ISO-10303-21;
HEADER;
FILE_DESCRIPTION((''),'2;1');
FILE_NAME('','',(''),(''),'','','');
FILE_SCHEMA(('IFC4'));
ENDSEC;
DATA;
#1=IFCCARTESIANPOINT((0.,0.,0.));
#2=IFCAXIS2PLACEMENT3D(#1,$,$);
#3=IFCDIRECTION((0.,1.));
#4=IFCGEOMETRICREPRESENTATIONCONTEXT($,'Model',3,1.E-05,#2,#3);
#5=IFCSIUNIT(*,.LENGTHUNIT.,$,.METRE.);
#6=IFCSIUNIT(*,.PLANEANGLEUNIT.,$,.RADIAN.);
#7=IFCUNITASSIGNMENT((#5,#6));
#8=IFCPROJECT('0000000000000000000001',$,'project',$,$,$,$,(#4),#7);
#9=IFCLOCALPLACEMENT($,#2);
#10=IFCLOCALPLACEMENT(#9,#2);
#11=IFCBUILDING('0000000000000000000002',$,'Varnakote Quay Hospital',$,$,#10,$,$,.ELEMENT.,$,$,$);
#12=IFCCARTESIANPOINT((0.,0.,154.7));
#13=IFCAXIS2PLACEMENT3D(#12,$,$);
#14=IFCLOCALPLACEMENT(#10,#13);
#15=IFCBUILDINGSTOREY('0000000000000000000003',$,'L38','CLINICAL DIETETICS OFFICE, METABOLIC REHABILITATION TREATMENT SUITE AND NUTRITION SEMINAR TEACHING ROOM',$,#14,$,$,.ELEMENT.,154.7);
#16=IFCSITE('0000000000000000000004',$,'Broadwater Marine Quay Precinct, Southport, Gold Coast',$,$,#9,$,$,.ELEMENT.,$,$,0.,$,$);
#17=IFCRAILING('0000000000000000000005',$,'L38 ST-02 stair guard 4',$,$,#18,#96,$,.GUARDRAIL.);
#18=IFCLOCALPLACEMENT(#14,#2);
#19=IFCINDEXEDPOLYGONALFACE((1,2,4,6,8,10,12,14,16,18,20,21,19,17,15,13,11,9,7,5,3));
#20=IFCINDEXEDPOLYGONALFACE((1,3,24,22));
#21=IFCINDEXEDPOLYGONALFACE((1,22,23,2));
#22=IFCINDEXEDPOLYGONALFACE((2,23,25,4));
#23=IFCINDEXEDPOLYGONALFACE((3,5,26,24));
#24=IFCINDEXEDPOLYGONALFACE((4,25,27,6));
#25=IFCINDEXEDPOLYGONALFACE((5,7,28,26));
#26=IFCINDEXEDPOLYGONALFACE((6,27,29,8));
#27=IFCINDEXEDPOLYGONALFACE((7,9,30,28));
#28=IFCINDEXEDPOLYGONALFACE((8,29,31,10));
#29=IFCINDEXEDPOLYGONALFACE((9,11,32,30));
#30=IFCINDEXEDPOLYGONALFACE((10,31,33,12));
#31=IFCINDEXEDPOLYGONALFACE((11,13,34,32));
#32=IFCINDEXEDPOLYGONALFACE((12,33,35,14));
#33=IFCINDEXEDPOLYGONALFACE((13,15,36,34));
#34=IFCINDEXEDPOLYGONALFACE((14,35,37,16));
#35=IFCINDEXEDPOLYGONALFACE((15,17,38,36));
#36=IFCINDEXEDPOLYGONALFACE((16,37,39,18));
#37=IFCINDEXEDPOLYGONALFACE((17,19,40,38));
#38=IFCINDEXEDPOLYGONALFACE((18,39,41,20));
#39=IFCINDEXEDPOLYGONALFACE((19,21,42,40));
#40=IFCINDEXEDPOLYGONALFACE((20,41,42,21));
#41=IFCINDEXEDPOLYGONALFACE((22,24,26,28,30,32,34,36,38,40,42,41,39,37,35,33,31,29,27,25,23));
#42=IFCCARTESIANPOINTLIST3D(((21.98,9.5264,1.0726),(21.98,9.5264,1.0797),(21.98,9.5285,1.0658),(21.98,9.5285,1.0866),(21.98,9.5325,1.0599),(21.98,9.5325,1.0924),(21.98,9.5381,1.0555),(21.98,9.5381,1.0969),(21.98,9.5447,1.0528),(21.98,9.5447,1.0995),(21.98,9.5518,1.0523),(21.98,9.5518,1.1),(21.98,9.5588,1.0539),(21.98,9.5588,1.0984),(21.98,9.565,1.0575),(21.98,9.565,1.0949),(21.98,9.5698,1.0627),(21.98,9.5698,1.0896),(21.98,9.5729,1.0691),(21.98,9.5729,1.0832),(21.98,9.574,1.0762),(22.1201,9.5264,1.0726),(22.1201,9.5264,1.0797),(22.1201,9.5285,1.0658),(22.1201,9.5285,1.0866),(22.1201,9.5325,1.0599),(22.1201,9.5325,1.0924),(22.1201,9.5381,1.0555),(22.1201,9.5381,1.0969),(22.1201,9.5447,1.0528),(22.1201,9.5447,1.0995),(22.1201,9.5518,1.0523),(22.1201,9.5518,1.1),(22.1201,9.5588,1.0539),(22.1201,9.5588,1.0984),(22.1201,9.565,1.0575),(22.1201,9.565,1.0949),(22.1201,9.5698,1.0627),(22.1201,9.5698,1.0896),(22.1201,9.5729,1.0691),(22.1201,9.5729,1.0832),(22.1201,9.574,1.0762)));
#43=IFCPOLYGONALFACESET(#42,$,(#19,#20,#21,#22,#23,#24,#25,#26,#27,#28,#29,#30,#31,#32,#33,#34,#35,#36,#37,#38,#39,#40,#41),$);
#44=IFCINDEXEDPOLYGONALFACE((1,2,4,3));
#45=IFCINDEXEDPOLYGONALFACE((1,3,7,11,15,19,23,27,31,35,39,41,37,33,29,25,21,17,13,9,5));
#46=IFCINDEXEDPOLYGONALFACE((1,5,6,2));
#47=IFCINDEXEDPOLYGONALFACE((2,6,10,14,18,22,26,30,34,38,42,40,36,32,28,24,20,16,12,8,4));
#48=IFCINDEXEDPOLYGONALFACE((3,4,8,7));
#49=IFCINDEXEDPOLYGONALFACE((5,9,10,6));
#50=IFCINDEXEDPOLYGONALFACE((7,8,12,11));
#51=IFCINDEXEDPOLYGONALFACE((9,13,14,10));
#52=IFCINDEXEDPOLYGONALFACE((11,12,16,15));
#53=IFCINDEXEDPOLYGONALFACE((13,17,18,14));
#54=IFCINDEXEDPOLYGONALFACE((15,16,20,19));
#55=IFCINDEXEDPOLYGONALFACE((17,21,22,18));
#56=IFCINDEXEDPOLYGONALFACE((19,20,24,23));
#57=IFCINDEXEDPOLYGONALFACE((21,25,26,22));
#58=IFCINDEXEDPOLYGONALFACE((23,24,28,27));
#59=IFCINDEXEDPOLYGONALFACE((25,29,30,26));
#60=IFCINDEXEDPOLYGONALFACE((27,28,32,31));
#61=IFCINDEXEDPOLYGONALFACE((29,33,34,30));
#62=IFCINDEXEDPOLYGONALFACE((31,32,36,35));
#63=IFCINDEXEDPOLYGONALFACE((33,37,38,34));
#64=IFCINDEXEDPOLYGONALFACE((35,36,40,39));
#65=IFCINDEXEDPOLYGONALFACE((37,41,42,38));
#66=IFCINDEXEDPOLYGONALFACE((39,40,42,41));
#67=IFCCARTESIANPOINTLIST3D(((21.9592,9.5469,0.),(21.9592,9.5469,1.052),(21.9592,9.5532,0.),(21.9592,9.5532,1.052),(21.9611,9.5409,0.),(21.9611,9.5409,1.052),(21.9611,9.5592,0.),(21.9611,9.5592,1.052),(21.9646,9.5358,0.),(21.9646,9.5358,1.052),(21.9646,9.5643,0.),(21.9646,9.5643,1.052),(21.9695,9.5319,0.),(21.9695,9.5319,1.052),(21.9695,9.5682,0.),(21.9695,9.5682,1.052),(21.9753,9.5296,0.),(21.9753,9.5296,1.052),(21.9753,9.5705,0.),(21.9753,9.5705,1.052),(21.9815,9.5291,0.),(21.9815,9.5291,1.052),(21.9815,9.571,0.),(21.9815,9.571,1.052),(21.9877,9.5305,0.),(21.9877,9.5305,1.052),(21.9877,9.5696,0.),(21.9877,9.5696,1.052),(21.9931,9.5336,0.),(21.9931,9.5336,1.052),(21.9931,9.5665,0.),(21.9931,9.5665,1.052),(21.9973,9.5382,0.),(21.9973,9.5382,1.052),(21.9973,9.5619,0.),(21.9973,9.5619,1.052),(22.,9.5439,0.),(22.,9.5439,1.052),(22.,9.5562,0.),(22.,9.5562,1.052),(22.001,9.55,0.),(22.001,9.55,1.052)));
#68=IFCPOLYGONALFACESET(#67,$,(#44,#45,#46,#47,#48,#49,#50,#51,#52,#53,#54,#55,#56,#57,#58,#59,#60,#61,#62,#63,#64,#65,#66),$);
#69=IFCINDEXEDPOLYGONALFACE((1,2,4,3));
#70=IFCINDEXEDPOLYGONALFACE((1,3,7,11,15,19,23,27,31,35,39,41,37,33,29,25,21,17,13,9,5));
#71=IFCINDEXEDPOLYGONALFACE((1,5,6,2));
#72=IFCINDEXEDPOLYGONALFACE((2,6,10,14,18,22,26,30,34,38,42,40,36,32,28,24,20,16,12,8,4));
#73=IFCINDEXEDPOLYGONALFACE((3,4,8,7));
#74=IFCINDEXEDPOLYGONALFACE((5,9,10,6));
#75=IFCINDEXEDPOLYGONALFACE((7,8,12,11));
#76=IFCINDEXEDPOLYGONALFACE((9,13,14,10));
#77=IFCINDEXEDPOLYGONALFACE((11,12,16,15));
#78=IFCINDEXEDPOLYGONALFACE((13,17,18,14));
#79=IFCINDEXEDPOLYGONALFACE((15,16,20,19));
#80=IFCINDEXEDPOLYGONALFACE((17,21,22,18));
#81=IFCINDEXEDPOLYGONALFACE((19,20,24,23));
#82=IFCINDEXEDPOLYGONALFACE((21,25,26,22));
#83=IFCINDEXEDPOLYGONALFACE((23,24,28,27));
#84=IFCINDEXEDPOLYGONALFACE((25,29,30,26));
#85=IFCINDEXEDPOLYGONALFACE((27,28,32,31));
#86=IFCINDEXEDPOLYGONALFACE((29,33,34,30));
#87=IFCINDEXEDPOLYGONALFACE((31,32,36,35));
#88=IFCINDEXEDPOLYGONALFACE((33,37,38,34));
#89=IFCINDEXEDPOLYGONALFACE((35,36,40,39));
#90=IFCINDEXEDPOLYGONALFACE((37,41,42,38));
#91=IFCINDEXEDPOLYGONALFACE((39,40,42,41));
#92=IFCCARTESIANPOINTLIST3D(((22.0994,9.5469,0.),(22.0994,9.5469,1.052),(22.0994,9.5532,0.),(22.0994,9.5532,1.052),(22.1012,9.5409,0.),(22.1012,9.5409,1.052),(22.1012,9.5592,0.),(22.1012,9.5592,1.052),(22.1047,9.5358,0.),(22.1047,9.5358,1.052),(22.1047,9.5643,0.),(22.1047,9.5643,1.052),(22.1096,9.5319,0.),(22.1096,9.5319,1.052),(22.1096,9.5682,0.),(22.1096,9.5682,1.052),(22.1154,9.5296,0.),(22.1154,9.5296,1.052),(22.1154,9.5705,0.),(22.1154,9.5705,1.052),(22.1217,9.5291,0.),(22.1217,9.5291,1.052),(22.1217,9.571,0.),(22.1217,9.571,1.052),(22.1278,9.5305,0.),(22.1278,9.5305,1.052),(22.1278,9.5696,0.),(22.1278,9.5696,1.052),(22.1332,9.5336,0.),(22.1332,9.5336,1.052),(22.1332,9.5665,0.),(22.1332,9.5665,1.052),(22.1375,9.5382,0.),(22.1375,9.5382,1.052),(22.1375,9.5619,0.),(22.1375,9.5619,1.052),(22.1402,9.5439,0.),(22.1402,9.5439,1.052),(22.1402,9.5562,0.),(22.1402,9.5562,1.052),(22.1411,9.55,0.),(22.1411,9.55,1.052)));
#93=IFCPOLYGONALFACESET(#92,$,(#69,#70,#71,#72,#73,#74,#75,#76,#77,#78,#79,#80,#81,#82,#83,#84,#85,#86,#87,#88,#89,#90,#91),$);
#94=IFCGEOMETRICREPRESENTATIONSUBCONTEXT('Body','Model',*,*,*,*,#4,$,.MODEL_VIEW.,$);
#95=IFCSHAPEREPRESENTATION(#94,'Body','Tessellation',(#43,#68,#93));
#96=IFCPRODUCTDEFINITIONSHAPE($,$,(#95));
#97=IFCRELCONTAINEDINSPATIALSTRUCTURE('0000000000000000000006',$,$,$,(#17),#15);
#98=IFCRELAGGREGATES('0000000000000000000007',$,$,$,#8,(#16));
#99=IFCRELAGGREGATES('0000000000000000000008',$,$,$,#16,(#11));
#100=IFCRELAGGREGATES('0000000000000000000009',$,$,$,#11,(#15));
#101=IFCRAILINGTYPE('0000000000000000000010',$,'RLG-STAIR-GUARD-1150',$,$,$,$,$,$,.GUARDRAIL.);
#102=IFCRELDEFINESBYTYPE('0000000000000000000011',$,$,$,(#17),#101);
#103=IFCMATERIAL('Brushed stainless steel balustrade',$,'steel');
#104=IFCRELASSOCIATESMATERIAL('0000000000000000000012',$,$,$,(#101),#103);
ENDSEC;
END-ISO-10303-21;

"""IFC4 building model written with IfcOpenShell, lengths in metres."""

from ifc_helpers import new_model, si_unit, direction, frame, origin, origin_2d, place, context, subcontext, project, spatial, circle, extrude, material, type_object, element, save


model = new_model("IFC4")

# Units and contexts
model_context = context("Model", 3, precision=1e-05, world=origin(), true_north=direction((0.0, 1.0)))
body_context = subcontext(model_context, "Body", "Model", "MODEL_VIEW")
ifc_project = project(units=[si_unit("LENGTHUNIT", "METRE"), si_unit("PLANEANGLEUNIT", "RADIAN")], contexts=[model_context])

# Site, building, storey
site_placement = place(None, origin())
site = spatial("IfcSite", under=ifc_project, at=site_placement, Name="Broadwater Marine Quay Precinct, Southport, Gold Coast", CompositionType="ELEMENT", RefElevation=0.0)
building_placement = place(site_placement, origin())
building = spatial("IfcBuilding", under=site, at=building_placement, Name="Varnakote Quay Hospital", CompositionType="ELEMENT")
storey_placement = place(building_placement, frame((0.0, 0.0, 154.7)))
storey = spatial("IfcBuildingStorey", under=building, at=storey_placement, Name="L38", Description="CLINICAL DIETETICS OFFICE, METABOLIC REHABILITATION TREATMENT SUITE AND NUTRITION SEMINAR TEACHING ROOM", CompositionType="ELEMENT", Elevation=154.7)

# Railing
ifc_material_1 = material(Name="Brushed stainless steel balustrade", Category="steel")
railing_type_1 = type_object("IfcRailingType", Name="RLG-STAIR-GUARD-1150", PredefinedType="GUARDRAIL", material=ifc_material_1)
railing_1_placement = place(storey_placement, frame((21.98, 9.55, 0.0)))
element("IfcRailing", 1, at=railing_1_placement, inside=storey, type_object=railing_type_1, Name="L38 ST-02 stair guard 4", PredefinedType="GUARDRAIL", context=body_context, shape_type="SweptSolid", body=[
    extrude(circle(Radius=0.0239, at=origin_2d()), frame((0.0, 0.0, 1.0762), z_axis=(1.0, 0.0, 0.0), x_axis=(0.0, 1.0, 0.0)), (0.0, 0.0, 1.0), 0.1401),
    extrude(circle(Radius=0.021, at=origin_2d()), origin(), (0.0, 0.0, 1.0), 1.052),
    extrude(circle(Radius=0.021, at=origin_2d()), frame((0.1401, 0.0, 0.0)), (0.0, 0.0, 1.0), 1.052),
])

save(model, "model.ifc")
